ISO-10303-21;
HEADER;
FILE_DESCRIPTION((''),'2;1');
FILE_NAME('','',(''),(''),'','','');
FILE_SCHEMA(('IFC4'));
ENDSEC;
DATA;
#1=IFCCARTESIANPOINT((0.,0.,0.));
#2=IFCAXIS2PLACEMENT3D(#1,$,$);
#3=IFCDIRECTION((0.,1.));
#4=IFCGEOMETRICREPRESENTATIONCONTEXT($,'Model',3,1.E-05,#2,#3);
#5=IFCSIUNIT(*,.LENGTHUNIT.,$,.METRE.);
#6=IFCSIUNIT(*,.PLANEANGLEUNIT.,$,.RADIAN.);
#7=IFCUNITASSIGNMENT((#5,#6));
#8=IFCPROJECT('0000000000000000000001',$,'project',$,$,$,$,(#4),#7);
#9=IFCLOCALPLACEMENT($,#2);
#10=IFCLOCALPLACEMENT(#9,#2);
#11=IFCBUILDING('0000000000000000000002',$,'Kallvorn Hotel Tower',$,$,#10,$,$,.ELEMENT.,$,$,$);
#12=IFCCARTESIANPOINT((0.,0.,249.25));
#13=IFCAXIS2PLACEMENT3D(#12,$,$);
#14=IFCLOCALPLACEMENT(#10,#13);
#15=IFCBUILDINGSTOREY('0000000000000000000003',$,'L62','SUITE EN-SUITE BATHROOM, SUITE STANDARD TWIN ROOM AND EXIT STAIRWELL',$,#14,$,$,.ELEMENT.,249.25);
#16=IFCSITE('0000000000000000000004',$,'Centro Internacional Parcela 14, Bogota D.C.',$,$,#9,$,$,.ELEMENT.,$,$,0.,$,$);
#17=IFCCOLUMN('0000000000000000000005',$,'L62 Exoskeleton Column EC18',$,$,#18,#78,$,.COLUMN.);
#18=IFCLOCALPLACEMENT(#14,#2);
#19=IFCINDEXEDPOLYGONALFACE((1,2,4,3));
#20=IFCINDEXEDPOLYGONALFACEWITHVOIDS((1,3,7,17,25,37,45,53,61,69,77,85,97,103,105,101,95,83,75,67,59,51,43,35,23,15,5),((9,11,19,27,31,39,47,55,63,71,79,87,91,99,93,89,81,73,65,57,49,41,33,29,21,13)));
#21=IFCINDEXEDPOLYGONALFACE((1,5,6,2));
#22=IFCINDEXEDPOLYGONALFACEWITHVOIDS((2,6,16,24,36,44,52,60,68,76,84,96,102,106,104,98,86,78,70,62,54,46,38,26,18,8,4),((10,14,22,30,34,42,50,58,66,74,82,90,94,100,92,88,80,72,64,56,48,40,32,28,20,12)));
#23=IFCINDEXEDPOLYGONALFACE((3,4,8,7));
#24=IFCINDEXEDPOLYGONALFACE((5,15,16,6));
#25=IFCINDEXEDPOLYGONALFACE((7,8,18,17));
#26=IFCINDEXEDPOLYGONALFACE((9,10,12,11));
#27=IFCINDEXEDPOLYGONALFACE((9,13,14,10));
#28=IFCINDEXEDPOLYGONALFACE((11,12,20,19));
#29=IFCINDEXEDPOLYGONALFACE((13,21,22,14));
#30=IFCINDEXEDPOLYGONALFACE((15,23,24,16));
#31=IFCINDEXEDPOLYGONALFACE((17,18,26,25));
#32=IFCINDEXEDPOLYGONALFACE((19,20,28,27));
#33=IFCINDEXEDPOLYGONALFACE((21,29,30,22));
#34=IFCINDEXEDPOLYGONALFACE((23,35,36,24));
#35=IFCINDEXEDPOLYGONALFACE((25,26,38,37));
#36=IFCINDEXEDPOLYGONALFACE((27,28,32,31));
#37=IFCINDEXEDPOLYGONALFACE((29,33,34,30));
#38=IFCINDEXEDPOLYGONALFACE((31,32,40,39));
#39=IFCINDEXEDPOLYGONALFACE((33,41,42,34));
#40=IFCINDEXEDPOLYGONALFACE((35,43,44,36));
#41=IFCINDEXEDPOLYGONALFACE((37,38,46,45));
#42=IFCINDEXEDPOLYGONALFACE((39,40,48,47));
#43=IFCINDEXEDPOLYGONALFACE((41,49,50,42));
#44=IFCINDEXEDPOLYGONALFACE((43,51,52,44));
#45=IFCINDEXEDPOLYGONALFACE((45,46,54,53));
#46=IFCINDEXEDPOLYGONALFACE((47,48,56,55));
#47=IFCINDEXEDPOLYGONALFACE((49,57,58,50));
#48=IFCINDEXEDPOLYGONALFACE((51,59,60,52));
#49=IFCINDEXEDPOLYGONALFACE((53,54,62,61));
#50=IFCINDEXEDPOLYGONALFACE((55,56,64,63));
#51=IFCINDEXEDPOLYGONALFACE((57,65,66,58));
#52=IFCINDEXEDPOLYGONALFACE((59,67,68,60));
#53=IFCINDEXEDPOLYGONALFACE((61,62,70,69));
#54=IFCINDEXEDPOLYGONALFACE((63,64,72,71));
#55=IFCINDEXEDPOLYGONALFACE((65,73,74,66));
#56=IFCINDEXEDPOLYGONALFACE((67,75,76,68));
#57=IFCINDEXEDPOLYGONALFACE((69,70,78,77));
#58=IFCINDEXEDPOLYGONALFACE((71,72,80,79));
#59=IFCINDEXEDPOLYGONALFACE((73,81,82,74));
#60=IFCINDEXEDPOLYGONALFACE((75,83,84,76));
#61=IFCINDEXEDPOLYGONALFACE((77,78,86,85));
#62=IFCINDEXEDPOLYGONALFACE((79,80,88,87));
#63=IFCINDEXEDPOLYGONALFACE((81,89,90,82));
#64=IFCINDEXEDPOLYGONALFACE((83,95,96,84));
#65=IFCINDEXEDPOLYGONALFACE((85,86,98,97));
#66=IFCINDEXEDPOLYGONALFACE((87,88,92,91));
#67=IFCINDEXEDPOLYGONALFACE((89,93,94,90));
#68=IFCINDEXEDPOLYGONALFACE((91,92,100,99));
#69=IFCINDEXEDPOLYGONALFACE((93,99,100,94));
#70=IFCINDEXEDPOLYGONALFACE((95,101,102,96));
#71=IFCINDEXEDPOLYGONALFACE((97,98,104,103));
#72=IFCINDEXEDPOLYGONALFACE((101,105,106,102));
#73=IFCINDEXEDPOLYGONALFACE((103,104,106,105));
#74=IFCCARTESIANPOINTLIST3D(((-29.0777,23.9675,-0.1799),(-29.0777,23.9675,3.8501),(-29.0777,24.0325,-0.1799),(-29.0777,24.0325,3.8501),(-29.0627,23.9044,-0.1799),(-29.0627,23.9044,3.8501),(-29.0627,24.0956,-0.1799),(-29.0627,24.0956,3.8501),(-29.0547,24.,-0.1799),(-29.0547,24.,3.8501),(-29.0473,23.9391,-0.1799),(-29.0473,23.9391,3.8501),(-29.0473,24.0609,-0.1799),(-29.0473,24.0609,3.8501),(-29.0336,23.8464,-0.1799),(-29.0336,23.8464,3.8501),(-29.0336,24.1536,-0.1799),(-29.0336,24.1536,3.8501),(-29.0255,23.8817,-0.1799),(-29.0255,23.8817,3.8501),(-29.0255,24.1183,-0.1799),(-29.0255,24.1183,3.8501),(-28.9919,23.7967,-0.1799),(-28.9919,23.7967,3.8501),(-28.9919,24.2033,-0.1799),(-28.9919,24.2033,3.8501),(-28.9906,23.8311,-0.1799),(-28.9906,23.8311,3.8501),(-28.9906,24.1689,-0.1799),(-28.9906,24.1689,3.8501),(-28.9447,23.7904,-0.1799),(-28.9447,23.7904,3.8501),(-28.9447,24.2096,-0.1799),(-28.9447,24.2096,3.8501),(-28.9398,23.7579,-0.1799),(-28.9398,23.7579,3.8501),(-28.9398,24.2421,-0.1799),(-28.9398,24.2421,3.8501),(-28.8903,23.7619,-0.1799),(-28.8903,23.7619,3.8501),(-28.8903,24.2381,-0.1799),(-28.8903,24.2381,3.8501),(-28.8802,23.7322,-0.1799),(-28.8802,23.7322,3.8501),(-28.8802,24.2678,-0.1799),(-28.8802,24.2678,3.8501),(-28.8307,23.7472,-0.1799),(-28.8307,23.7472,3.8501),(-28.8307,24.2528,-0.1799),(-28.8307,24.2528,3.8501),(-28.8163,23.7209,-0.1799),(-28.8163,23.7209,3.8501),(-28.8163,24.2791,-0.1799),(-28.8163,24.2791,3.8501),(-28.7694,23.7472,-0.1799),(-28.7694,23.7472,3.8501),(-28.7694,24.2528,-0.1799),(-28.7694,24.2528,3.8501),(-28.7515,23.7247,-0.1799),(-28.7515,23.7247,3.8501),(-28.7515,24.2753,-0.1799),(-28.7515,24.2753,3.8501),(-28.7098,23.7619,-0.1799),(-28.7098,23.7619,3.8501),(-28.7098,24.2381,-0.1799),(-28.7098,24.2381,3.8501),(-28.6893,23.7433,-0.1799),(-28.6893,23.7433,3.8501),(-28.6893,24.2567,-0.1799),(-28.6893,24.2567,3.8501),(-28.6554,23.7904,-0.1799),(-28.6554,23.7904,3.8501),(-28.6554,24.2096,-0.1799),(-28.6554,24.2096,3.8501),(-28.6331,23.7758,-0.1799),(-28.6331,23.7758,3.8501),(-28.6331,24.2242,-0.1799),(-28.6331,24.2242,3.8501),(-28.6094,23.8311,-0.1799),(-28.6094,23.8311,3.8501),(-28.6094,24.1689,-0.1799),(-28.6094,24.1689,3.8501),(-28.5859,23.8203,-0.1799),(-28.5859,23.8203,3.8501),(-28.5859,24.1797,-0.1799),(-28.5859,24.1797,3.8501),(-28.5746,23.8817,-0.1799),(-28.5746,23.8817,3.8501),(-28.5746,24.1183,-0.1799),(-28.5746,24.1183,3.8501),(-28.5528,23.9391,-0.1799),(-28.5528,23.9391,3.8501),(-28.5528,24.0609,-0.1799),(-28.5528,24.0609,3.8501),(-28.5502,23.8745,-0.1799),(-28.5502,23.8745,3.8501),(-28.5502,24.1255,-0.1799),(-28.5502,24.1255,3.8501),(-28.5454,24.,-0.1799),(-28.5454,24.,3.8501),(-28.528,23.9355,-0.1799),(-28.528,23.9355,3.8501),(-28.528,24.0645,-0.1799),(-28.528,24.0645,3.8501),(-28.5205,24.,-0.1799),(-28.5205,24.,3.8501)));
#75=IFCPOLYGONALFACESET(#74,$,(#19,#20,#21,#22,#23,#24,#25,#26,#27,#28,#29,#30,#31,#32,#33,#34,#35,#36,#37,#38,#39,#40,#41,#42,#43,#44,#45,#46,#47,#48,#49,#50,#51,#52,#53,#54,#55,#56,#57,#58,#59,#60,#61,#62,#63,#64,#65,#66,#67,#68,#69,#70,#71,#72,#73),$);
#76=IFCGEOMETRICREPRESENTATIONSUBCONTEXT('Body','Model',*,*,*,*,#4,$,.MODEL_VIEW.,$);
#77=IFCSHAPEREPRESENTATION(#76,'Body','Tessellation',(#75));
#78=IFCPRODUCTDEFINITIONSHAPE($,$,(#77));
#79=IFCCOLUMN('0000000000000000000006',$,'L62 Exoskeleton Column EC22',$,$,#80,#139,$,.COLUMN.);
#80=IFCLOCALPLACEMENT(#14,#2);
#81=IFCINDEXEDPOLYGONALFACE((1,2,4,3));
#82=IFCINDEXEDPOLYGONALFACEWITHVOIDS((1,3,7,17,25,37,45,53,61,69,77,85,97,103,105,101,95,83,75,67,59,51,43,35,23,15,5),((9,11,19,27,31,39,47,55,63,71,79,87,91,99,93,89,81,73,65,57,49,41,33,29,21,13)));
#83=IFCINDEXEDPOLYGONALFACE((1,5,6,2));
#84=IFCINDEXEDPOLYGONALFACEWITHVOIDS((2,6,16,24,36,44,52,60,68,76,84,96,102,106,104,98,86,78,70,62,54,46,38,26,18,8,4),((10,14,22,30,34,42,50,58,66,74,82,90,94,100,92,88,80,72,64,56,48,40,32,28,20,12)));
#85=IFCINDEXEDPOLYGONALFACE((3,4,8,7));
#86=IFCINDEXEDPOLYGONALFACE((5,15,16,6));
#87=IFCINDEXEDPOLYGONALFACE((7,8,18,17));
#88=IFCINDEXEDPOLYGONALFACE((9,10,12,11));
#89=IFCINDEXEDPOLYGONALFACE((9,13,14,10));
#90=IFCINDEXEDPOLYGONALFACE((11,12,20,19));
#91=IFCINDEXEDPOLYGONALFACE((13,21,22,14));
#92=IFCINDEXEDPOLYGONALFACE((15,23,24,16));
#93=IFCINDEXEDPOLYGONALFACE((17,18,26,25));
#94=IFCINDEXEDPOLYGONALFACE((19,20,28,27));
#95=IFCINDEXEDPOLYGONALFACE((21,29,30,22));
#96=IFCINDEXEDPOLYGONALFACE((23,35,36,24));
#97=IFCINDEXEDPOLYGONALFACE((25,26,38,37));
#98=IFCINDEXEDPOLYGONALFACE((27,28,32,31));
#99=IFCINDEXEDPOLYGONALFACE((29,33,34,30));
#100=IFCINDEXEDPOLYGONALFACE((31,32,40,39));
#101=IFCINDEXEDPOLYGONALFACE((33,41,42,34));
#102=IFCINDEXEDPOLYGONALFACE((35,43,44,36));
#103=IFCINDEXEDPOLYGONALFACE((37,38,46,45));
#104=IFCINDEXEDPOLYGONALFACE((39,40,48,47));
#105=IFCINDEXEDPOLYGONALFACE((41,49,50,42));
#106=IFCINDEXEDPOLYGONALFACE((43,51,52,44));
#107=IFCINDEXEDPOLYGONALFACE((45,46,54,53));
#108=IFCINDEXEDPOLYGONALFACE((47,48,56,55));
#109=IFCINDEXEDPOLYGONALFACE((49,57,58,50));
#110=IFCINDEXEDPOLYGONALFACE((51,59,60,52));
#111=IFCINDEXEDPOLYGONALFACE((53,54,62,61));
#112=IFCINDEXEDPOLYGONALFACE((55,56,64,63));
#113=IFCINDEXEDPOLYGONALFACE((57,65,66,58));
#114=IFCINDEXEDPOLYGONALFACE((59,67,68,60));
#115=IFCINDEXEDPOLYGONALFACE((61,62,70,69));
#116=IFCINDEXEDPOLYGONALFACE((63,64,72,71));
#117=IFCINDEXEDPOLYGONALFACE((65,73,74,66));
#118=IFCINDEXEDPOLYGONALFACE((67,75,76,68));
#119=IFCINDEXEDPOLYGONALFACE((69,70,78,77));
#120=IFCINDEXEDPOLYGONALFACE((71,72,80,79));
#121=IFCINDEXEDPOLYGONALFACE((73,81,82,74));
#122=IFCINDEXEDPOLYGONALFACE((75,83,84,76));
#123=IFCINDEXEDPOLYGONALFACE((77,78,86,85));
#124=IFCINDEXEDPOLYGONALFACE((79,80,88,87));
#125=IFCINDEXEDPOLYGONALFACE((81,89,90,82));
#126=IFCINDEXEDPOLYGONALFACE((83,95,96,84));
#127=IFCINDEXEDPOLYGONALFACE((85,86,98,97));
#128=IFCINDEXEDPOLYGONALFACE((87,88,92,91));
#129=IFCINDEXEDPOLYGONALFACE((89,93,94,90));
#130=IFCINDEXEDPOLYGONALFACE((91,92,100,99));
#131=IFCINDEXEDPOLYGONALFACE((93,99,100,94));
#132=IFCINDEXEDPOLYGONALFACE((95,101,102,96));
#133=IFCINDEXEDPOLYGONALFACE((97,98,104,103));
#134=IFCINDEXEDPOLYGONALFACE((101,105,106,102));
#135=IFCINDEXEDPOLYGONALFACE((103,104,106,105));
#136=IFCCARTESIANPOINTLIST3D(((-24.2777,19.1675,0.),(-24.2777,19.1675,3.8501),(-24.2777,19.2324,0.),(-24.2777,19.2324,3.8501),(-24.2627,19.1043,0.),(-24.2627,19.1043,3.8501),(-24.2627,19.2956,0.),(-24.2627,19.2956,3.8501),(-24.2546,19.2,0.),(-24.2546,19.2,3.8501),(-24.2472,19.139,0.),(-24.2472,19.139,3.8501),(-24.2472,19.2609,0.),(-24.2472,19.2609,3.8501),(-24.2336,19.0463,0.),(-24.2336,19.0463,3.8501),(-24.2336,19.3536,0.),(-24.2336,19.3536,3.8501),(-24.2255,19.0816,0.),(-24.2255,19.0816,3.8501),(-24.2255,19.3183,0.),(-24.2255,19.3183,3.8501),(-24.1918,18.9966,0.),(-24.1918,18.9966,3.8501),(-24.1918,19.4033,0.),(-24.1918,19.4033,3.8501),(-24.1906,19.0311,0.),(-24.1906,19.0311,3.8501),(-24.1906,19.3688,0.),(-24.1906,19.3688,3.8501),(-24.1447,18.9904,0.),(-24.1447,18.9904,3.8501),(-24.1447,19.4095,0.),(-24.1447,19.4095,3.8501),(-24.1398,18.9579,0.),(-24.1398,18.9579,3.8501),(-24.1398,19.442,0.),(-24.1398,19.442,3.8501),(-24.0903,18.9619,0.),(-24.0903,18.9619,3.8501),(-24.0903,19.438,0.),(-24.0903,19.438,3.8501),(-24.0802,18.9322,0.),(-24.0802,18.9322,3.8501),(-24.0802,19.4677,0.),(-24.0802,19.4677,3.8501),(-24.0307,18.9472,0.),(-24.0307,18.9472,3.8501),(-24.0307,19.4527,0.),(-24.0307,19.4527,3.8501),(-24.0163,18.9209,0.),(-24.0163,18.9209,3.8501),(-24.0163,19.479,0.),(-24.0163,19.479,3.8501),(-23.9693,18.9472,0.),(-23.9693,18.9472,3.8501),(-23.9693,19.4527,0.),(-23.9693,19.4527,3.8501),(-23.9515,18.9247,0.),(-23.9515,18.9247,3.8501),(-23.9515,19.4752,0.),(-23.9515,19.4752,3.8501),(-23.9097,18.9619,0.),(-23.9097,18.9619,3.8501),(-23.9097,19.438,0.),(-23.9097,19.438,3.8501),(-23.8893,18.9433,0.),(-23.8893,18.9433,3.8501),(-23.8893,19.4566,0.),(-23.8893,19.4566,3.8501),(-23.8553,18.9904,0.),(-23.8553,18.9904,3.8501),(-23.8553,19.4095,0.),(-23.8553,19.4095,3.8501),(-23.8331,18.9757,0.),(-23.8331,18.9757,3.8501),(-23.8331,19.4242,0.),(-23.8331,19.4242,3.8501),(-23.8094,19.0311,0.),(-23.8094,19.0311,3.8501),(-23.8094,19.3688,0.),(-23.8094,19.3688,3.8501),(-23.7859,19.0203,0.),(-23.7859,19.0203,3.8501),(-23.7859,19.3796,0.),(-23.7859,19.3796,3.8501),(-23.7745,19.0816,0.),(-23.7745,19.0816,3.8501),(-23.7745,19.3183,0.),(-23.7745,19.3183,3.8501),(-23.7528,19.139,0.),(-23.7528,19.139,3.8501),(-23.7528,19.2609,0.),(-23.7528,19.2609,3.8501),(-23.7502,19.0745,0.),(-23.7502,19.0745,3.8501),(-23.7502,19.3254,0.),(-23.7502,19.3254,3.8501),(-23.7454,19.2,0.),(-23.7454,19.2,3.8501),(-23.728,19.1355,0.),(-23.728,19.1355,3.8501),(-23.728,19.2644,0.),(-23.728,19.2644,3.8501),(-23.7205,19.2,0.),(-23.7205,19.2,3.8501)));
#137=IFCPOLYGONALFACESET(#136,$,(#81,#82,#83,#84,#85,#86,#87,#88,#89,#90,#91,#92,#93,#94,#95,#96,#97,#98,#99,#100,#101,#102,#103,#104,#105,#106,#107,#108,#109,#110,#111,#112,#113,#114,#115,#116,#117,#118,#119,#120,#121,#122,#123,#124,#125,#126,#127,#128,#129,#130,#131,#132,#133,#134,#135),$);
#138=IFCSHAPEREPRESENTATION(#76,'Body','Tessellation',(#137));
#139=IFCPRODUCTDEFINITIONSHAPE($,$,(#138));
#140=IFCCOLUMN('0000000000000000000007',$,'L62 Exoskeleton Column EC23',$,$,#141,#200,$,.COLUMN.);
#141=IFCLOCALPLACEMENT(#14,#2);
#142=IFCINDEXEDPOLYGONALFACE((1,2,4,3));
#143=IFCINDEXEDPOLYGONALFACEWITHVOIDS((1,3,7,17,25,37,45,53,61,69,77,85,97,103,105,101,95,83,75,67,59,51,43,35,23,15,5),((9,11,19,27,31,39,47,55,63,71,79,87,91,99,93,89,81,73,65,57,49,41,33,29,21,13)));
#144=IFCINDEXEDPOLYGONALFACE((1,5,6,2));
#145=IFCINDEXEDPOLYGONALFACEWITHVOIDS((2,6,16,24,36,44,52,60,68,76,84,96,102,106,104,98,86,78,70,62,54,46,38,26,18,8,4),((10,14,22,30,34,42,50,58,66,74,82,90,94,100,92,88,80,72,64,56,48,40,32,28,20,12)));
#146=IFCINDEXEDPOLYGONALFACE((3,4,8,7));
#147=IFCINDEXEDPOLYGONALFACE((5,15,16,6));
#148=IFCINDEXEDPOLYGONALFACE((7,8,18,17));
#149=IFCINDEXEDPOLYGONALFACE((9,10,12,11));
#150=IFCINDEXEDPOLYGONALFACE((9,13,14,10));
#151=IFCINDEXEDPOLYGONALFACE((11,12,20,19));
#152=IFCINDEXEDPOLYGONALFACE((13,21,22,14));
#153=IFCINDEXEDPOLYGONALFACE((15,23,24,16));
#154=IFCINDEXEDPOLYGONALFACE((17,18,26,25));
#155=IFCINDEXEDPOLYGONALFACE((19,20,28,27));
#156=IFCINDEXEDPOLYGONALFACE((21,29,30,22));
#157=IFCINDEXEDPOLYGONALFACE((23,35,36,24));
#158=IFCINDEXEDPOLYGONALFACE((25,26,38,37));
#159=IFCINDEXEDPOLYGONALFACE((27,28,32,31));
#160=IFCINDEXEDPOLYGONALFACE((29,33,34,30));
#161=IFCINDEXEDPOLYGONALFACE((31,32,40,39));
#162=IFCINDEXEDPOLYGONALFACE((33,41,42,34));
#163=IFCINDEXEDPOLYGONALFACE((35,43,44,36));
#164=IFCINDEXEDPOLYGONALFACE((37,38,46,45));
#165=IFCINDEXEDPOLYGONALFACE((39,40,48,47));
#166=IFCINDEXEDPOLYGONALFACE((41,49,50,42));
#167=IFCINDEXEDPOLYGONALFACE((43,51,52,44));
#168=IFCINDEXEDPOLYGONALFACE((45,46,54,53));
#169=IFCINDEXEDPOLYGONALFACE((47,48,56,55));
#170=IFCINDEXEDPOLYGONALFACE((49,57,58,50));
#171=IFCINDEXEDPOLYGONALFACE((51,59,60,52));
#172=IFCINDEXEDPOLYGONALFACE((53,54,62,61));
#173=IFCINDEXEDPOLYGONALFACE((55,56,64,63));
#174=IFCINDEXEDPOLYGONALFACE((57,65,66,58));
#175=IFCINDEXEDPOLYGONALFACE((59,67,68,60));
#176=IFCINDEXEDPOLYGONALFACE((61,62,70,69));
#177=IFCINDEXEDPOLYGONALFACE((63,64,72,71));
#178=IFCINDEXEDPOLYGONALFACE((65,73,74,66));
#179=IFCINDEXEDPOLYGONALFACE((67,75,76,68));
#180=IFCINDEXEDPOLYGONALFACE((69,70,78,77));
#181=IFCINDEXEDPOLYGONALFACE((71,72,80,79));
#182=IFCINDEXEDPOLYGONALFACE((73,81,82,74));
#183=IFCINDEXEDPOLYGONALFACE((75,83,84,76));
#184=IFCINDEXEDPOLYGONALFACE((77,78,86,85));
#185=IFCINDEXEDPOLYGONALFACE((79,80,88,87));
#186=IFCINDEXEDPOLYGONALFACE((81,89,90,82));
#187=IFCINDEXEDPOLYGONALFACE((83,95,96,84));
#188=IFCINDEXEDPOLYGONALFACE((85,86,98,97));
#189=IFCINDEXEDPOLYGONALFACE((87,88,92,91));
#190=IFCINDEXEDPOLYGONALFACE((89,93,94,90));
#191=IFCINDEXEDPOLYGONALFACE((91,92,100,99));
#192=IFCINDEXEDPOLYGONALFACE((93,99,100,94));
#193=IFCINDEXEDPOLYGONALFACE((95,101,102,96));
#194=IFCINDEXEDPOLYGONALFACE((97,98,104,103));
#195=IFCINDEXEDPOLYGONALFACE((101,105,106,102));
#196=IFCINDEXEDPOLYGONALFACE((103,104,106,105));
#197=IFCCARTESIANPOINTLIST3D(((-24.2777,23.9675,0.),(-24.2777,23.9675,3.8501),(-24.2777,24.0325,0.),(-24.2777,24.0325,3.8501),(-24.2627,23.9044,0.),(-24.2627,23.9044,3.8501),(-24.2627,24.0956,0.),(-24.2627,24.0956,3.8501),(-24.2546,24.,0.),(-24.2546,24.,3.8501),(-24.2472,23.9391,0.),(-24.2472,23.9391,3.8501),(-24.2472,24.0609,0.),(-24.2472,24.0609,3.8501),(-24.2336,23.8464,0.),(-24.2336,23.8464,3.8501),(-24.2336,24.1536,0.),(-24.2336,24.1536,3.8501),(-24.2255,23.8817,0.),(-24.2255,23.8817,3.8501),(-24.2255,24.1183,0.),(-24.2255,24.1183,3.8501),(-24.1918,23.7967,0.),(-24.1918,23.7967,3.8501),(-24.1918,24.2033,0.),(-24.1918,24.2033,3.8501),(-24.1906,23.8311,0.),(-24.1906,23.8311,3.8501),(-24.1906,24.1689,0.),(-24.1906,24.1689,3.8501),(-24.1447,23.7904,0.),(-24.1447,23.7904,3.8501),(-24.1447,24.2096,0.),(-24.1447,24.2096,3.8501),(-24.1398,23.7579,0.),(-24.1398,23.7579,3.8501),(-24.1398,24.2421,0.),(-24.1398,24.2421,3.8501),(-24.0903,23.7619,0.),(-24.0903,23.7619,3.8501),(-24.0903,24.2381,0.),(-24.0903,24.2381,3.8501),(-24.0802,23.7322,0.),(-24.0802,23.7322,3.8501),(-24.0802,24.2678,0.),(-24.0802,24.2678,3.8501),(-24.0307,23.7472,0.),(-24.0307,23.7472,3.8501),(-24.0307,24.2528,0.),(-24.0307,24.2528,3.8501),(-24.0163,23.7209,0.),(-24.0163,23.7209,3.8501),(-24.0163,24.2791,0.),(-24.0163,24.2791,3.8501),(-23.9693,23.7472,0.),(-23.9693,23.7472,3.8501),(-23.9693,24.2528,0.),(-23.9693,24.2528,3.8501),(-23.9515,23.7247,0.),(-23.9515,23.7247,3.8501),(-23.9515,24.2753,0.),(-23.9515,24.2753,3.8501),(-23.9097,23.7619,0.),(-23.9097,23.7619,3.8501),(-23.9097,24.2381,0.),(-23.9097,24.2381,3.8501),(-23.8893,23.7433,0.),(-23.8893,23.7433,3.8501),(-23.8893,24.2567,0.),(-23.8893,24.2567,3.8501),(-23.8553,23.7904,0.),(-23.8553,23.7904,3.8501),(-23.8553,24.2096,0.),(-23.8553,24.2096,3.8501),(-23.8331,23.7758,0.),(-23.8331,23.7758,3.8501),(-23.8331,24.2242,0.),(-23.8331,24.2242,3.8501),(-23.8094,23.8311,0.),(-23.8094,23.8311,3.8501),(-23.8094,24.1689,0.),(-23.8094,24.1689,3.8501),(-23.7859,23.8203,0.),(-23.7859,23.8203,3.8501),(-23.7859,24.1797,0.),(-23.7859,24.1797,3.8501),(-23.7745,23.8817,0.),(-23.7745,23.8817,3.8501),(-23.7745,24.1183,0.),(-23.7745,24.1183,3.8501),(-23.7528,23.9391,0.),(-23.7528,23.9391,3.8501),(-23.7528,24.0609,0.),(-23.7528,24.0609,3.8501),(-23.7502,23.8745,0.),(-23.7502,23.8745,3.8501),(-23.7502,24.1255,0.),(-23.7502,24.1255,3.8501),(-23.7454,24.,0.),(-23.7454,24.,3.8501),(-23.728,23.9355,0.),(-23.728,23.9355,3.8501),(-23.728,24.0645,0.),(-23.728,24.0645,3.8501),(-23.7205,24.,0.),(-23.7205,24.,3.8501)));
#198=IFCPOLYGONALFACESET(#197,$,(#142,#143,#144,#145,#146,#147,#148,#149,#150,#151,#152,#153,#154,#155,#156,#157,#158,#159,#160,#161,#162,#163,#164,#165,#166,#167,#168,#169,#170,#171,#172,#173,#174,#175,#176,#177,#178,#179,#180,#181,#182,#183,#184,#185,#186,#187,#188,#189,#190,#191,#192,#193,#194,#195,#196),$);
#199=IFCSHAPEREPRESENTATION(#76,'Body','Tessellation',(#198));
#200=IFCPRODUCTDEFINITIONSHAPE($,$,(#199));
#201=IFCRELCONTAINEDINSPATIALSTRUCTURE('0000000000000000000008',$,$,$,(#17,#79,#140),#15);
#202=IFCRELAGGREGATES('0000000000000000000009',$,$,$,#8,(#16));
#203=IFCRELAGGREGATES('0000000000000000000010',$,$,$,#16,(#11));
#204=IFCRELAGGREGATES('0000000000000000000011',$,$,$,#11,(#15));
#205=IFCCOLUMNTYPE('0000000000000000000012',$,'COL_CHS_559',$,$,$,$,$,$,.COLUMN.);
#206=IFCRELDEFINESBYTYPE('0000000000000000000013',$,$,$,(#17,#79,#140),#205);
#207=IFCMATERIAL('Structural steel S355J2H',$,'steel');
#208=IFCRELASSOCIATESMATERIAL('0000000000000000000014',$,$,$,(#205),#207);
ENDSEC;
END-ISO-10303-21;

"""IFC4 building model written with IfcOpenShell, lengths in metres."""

from ifc_helpers import new_model, si_unit, direction, frame, origin, origin_2d, place, context, subcontext, project, spatial, hollow_circle, extrude, material, material_profile, profile_set, type_object, element, save


model = new_model("IFC4")

# Units and contexts
model_context = context("Model", 3, precision=1e-05, world=origin(), true_north=direction((0.0, 1.0)))
body_context = subcontext(model_context, "Body", "Model", "MODEL_VIEW")
ifc_project = project(units=[si_unit("LENGTHUNIT", "METRE"), si_unit("PLANEANGLEUNIT", "RADIAN")], contexts=[model_context])

# Site, building, storey
site_placement = place(None, origin())
site = spatial("IfcSite", under=ifc_project, at=site_placement, Name="Centro Internacional Parcela 14, Bogota D.C.", CompositionType="ELEMENT", RefElevation=0.0)
building_placement = place(site_placement, origin())
building = spatial("IfcBuilding", under=site, at=building_placement, Name="Kallvorn Hotel Tower", CompositionType="ELEMENT")
storey_placement = place(building_placement, frame((0.0, 0.0, 249.25)))
storey = spatial("IfcBuildingStorey", under=building, at=storey_placement, Name="L62", Description="SUITE EN-SUITE BATHROOM, SUITE STANDARD TWIN ROOM AND EXIT STAIRWELL", CompositionType="ELEMENT", Elevation=249.25)

# Columns
ifc_material_1 = material(Name="Structural steel S355J2H", Category="steel")
ifc_material_profile_1 = material_profile(ifc_material_1, hollow_circle(Radius=0.2795, WallThickness=0.0249, at=origin_2d()), Name="CHS 559x25")
ifc_profile_set_1 = profile_set([ifc_material_profile_1], Name="Structural steel S355J2H")
column_type_1 = type_object("IfcColumnType", Name="COL_CHS_559", PredefinedType="COLUMN", material=ifc_profile_set_1)
column_1_placement = place(storey_placement, frame((-28.8, 24.0, -0.1799), z_axis=(0.0, 0.0, 1.0), x_axis=(1.0, 0.0, 0.0)))
element("IfcColumn", 1, at=column_1_placement, inside=storey, type_object=column_type_1, Name="L62 Exoskeleton Column EC18", PredefinedType="COLUMN", context=body_context, shape_type="SweptSolid", body=[
    extrude(hollow_circle(Radius=0.2795, WallThickness=0.0249, at=origin_2d()), origin(), (0.0, 0.0, 1.0), 4.03),
])
for number, where, z_axis, x_axis, name in (
    (2, (-24.0, 19.2, 0.0), (0.0, 0.0, 1.0), (1.0, 0.0, 0.0), "L62 Exoskeleton Column EC22"),
    (3, (-24.0, 24.0, 0.0), (0.0, 0.0, 1.0), (1.0, 0.0, 0.0), "L62 Exoskeleton Column EC23"),
):
    element("IfcColumn", number, at=place(storey_placement, frame(where, z_axis=z_axis, x_axis=x_axis)), inside=storey, type_object=column_type_1, Name=name, PredefinedType="COLUMN", context=body_context, shape_type="SweptSolid", body=[
        extrude(hollow_circle(Radius=0.2795, WallThickness=0.0249, at=origin_2d()), origin(), (0.0, 0.0, 1.0), 3.8501),
    ])

save(model, "model.ifc")
